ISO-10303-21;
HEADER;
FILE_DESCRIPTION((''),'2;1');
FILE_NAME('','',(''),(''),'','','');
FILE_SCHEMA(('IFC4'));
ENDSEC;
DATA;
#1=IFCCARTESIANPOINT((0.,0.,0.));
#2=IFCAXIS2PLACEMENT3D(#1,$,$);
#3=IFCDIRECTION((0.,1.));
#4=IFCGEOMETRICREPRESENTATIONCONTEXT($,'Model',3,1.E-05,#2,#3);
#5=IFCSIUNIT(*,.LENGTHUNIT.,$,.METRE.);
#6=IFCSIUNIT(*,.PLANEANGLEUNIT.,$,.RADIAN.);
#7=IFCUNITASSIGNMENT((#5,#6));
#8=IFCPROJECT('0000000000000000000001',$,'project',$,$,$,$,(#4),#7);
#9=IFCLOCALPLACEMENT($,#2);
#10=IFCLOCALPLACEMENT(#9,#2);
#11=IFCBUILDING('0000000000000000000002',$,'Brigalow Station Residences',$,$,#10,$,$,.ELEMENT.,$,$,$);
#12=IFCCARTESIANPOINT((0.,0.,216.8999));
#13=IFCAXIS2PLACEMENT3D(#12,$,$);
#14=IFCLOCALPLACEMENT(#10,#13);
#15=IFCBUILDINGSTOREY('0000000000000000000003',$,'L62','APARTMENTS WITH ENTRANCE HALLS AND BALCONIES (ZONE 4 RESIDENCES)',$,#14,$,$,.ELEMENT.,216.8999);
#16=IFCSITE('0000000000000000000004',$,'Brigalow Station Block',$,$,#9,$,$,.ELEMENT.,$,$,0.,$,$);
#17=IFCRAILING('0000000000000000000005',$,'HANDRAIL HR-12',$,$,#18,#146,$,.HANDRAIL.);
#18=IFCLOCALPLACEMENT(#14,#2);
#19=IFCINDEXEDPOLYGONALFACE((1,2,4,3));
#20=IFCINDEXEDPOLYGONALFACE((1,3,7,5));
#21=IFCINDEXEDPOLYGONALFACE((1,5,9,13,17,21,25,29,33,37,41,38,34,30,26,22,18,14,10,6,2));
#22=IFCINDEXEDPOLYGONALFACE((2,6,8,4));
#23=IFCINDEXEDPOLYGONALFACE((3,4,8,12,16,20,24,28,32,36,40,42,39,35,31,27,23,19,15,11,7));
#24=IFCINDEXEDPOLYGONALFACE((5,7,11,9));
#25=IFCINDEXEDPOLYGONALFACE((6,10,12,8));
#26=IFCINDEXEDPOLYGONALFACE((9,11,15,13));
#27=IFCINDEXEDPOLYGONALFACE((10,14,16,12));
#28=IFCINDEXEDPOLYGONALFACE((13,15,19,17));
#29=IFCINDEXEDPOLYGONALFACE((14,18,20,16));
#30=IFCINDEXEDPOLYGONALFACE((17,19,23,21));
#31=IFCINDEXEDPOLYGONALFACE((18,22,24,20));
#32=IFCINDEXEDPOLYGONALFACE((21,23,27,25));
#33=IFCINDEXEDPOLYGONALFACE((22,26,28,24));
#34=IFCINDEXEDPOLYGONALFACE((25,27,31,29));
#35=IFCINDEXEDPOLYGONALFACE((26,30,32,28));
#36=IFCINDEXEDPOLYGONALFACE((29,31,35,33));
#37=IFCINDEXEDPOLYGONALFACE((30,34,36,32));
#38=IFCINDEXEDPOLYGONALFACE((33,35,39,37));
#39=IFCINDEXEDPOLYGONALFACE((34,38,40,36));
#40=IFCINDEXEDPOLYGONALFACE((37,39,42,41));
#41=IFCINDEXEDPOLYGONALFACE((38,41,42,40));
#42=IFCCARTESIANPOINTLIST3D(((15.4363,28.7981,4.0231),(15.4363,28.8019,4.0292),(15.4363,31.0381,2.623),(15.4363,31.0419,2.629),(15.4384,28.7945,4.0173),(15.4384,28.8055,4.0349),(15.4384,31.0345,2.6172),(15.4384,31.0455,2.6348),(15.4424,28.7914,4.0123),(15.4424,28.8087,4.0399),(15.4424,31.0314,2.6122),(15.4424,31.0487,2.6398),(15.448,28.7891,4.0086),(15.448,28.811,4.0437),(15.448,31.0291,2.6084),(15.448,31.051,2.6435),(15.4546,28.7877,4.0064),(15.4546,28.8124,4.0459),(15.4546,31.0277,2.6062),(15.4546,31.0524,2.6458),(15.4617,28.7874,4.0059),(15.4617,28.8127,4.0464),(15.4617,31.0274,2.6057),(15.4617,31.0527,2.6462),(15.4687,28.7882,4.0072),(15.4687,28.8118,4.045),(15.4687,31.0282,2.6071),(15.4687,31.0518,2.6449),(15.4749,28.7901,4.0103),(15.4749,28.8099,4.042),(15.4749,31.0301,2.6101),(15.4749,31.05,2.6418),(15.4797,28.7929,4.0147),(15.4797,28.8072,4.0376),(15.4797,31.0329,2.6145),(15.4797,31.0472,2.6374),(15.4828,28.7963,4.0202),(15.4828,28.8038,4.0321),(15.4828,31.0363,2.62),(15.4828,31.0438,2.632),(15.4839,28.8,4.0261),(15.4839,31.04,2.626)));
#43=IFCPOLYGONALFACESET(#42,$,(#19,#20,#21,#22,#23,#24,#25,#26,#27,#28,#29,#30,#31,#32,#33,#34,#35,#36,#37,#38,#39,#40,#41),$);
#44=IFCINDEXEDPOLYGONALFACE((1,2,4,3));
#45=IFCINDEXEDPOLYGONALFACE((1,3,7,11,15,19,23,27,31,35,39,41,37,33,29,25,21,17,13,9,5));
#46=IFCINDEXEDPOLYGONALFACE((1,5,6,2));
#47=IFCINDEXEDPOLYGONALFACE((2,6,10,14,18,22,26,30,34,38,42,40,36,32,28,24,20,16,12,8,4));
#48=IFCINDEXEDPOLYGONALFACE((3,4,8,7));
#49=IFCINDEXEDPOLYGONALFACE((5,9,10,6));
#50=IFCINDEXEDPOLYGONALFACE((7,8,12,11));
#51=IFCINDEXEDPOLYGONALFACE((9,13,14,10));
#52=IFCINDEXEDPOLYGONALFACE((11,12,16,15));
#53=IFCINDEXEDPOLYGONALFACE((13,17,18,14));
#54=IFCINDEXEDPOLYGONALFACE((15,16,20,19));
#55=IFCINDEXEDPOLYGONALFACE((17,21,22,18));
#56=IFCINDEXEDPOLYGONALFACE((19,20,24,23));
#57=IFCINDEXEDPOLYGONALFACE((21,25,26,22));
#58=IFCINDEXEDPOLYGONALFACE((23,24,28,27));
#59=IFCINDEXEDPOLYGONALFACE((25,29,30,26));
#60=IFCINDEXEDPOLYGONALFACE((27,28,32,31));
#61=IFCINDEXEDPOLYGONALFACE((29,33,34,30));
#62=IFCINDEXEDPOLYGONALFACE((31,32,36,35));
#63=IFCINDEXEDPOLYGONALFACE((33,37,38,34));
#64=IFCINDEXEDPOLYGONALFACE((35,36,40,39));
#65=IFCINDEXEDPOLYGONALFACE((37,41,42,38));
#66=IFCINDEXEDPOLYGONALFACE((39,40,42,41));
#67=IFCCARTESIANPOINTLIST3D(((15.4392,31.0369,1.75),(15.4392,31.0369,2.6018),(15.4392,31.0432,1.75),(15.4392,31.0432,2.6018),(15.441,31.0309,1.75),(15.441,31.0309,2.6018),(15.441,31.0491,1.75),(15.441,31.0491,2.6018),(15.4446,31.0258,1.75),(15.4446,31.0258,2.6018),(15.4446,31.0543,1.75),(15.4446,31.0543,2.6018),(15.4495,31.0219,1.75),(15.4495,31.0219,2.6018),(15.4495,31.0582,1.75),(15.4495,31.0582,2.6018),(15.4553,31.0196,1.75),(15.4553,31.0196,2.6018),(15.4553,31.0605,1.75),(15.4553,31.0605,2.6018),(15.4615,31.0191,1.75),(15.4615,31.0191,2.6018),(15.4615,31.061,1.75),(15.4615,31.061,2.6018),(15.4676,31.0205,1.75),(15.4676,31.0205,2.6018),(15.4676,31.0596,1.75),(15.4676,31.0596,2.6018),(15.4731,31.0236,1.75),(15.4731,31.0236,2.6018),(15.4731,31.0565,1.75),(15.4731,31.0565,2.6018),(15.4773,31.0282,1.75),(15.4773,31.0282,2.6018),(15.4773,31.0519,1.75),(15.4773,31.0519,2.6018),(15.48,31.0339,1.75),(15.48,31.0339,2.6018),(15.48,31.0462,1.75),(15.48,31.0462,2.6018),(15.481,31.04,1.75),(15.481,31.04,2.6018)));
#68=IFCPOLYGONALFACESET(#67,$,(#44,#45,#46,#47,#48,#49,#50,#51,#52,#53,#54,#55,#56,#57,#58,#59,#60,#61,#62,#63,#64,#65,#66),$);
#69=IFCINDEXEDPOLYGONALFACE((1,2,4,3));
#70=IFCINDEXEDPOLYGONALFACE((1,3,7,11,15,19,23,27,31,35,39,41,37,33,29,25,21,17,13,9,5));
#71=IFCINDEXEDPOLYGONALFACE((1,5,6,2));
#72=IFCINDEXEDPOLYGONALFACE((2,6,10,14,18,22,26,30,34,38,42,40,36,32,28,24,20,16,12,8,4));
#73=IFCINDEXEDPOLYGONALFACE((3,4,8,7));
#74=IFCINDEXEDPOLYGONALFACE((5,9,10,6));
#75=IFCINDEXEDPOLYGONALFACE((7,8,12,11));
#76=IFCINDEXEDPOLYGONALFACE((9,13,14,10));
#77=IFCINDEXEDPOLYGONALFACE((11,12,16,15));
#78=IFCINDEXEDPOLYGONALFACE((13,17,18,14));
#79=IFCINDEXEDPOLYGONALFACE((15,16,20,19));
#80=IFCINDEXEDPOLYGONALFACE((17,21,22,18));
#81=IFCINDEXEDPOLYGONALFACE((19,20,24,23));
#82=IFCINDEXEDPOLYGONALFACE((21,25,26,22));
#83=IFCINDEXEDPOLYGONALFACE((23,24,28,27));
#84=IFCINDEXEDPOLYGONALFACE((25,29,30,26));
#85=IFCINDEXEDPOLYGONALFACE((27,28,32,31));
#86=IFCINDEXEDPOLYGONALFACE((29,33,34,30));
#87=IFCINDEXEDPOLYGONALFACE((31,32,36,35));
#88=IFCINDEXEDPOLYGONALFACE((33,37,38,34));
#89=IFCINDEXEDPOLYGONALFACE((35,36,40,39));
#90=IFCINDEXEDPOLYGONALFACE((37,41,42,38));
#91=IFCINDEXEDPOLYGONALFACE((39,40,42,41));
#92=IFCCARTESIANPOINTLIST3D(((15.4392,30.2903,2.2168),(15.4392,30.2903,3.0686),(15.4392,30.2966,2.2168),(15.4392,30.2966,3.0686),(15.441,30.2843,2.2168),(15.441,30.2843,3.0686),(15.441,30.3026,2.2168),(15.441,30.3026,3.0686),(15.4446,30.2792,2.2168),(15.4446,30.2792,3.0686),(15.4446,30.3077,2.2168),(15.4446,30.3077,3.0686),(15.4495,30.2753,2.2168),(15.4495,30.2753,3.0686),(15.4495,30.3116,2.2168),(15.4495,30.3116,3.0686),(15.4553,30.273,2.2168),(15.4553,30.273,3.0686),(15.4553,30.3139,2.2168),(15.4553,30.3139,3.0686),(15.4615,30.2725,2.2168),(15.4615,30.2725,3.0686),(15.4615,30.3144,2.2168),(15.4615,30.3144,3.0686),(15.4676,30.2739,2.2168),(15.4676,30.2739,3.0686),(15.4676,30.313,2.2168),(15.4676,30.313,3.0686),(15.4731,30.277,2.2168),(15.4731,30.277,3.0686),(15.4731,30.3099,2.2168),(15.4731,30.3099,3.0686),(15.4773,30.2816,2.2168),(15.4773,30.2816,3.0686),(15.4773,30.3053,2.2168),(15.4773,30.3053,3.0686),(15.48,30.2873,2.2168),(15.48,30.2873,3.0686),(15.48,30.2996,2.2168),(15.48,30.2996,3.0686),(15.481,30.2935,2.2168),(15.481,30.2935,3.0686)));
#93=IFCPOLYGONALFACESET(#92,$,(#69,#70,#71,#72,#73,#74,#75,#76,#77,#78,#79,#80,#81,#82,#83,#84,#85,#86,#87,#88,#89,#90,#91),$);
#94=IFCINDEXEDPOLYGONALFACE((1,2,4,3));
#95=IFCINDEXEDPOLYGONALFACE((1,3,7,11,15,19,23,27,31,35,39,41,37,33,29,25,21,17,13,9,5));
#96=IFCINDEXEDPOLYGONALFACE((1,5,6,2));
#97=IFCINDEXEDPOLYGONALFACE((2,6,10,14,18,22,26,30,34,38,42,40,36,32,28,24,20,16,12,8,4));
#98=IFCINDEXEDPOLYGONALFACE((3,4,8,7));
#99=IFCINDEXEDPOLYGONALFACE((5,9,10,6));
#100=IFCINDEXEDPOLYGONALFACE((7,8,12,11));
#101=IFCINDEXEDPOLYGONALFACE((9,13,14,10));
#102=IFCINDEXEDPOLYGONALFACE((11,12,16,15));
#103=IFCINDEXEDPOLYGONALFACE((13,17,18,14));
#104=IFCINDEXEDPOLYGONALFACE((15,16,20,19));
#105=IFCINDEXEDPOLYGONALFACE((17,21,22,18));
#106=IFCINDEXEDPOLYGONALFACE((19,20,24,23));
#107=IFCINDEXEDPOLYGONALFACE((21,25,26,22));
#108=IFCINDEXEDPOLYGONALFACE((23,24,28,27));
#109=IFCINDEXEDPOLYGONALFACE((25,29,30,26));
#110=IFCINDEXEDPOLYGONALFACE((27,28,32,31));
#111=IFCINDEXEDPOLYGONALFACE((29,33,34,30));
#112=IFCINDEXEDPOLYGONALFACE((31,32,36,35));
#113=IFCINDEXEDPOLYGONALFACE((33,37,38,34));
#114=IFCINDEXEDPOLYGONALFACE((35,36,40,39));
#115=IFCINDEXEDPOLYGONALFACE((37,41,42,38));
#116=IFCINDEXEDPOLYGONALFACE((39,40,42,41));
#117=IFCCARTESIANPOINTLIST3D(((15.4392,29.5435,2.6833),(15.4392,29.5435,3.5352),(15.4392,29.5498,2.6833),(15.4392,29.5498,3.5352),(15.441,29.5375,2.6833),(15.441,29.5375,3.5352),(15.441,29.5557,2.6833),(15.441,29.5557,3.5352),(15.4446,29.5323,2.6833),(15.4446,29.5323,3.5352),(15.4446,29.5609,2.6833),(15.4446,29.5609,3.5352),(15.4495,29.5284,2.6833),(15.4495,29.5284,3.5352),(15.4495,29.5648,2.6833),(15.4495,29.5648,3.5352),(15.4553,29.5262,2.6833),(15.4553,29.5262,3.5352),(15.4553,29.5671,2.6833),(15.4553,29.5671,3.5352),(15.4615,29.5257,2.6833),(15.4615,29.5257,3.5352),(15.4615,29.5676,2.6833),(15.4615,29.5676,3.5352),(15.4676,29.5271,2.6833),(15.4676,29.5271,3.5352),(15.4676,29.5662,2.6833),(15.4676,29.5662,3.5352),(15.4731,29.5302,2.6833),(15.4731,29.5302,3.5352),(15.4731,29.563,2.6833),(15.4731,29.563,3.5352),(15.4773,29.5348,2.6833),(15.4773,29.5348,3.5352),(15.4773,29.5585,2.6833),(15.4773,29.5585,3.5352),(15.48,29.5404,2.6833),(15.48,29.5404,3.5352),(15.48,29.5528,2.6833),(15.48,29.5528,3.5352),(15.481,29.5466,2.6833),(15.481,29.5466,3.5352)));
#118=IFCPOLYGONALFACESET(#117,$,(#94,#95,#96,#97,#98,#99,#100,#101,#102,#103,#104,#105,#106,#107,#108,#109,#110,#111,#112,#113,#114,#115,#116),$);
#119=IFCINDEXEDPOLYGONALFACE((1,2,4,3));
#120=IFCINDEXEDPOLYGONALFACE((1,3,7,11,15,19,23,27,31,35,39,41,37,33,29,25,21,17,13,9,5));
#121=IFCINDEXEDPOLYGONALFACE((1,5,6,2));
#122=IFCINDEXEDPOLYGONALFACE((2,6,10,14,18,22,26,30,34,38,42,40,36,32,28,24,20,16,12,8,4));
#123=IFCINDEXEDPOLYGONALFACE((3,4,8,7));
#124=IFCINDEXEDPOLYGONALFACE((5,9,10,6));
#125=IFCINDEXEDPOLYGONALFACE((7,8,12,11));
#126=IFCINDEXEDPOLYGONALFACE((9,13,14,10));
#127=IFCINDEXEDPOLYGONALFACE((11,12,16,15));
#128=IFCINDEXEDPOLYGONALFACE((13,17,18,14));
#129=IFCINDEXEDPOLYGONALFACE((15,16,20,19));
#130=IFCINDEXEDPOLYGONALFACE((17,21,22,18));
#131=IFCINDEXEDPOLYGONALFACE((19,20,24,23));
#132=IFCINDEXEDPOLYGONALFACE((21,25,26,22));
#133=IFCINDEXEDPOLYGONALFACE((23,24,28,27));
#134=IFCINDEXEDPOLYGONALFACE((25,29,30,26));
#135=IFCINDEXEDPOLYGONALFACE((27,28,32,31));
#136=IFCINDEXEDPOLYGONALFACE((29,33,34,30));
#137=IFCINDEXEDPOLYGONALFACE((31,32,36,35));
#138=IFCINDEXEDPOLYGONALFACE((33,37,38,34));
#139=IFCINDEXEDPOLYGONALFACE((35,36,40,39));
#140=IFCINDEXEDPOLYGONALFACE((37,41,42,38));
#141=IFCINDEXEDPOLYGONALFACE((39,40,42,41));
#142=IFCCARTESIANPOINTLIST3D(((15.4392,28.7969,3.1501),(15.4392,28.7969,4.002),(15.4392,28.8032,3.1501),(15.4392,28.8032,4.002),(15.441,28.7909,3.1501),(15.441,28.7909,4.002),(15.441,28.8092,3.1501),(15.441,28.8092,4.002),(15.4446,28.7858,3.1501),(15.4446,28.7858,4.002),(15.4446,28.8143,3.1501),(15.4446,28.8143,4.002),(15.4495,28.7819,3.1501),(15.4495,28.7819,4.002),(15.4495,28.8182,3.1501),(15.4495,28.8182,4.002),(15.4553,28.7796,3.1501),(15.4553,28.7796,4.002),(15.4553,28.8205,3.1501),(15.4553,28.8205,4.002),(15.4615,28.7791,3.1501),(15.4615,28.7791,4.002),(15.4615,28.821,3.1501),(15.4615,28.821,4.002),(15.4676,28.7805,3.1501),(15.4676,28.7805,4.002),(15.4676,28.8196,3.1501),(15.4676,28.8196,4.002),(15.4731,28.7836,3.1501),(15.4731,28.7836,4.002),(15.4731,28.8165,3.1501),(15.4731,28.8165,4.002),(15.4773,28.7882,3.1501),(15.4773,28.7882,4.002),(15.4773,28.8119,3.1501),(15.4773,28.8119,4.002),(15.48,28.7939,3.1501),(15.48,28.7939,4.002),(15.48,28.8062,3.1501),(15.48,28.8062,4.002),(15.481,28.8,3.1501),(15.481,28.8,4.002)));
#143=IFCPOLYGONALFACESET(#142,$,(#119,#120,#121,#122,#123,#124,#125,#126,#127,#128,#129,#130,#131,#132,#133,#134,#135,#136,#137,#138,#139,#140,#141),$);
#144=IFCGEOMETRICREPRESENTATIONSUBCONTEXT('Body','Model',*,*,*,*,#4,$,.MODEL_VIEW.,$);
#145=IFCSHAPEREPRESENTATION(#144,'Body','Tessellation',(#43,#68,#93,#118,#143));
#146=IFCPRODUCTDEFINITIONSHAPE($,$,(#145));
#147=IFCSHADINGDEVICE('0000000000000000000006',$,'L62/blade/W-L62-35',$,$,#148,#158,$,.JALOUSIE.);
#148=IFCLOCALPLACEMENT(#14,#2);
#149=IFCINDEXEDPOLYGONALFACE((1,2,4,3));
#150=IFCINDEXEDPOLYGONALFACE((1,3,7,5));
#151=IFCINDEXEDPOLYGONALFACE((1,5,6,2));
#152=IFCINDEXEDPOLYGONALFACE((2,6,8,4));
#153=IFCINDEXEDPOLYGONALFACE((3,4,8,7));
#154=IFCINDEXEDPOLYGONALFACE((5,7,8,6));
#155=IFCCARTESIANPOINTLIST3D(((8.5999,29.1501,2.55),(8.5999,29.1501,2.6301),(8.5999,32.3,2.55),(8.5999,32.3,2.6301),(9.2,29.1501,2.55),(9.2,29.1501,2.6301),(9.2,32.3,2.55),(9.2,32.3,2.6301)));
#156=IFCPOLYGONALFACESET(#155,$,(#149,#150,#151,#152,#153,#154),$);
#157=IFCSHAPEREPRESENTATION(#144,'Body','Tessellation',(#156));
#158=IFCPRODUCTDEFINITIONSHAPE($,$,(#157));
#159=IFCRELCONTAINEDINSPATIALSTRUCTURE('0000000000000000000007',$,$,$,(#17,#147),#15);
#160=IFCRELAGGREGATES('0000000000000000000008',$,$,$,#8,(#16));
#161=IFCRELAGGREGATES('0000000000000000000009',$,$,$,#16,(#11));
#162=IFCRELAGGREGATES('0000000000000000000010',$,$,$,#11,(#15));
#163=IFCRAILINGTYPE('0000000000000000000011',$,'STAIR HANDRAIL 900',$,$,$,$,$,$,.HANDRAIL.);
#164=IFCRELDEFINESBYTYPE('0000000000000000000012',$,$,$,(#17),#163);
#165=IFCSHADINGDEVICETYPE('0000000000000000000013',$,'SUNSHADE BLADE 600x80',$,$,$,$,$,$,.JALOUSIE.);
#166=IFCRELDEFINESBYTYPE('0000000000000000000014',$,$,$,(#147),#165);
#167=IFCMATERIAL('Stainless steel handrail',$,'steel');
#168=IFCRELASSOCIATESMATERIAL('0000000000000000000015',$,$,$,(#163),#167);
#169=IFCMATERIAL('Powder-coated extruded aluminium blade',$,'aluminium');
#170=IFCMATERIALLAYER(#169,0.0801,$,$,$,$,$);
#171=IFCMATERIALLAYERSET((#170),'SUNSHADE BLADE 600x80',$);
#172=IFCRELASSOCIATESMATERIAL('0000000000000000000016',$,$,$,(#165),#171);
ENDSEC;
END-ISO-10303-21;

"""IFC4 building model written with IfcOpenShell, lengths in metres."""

from ifc_helpers import new_model, si_unit, direction, frame, origin, origin_2d, place, context, subcontext, project, spatial, rectangle, circle, extrude, material, layer, layer_set, type_object, element, save


model = new_model("IFC4")

# Units and contexts
model_context = context("Model", 3, precision=1e-05, world=origin(), true_north=direction((0.0, 1.0)))
body_context = subcontext(model_context, "Body", "Model", "MODEL_VIEW")
ifc_project = project(units=[si_unit("LENGTHUNIT", "METRE"), si_unit("PLANEANGLEUNIT", "RADIAN")], contexts=[model_context])

# Site, building, storey
site_placement = place(None, origin())
site = spatial("IfcSite", under=ifc_project, at=site_placement, Name="Brigalow Station Block", CompositionType="ELEMENT", RefElevation=0.0)
building_placement = place(site_placement, origin())
building = spatial("IfcBuilding", under=site, at=building_placement, Name="Brigalow Station Residences", CompositionType="ELEMENT")
storey_placement = place(building_placement, frame((0.0, 0.0, 216.8999)))
storey = spatial("IfcBuildingStorey", under=building, at=storey_placement, Name="L62", Description="APARTMENTS WITH ENTRANCE HALLS AND BALCONIES (ZONE 4 RESIDENCES)", CompositionType="ELEMENT", Elevation=216.8999)

# Railing
ifc_material_1 = material(Name="Stainless steel handrail", Category="steel")
railing_type_1 = type_object("IfcRailingType", Name="STAIR HANDRAIL 900", PredefinedType="HANDRAIL", material=ifc_material_1)
railing_1_placement = place(storey_placement, frame((15.46, 31.04, 1.75)))
element("IfcRailing", 1, at=railing_1_placement, inside=storey, type_object=railing_type_1, Name="HANDRAIL HR-12", PredefinedType="HANDRAIL", context=body_context, shape_type="SweptSolid", body=[
    extrude(circle(Radius=0.0239, at=origin_2d()), frame((0.0, 0.0, 0.876), z_axis=(0.0, -0.847972, 0.53004), x_axis=(1.0, 0.0, 0.0)), (0.0, 0.0, 1.0), 2.6416),
    extrude(circle(Radius=0.021, at=origin_2d()), origin(), (0.0, 0.0, 1.0), 0.8518),
    extrude(circle(Radius=0.021, at=origin_2d()), frame((0.0, -0.7466, 0.4668)), (0.0, 0.0, 1.0), 0.8518),
    extrude(circle(Radius=0.021, at=origin_2d()), frame((0.0, -1.4934, 0.9333)), (0.0, 0.0, 1.0), 0.8518),
    extrude(circle(Radius=0.021, at=origin_2d()), frame((0.0, -2.24, 1.4001)), (0.0, 0.0, 1.0), 0.8518),
])

# Shading device
ifc_material_2 = material(Name="Powder-coated extruded aluminium blade", Category="aluminium")
ifc_layer_1 = layer(ifc_material_2, 0.0801)
ifc_layer_set_1 = layer_set([ifc_layer_1], Name="SUNSHADE BLADE 600x80")
shading_device_type = type_object("IfcShadingDeviceType", Name="SUNSHADE BLADE 600x80", PredefinedType="JALOUSIE", material=ifc_layer_set_1)
shading_device_placement = place(storey_placement, frame((8.8999, 30.7251, 2.55), z_axis=(0.0, 0.0, 1.0), x_axis=(0.0, -1.0, 0.0)))
element("IfcShadingDevice", 2, at=shading_device_placement, inside=storey, type_object=shading_device_type, Name="L62/blade/W-L62-35", PredefinedType="JALOUSIE", context=body_context, shape_type="SweptSolid", body=[
    extrude(rectangle(XDim=3.1499, YDim=0.6001, at=origin_2d()), origin(), (0.0, 0.0, 1.0), 0.0801),
])

save(model, "model.ifc")
